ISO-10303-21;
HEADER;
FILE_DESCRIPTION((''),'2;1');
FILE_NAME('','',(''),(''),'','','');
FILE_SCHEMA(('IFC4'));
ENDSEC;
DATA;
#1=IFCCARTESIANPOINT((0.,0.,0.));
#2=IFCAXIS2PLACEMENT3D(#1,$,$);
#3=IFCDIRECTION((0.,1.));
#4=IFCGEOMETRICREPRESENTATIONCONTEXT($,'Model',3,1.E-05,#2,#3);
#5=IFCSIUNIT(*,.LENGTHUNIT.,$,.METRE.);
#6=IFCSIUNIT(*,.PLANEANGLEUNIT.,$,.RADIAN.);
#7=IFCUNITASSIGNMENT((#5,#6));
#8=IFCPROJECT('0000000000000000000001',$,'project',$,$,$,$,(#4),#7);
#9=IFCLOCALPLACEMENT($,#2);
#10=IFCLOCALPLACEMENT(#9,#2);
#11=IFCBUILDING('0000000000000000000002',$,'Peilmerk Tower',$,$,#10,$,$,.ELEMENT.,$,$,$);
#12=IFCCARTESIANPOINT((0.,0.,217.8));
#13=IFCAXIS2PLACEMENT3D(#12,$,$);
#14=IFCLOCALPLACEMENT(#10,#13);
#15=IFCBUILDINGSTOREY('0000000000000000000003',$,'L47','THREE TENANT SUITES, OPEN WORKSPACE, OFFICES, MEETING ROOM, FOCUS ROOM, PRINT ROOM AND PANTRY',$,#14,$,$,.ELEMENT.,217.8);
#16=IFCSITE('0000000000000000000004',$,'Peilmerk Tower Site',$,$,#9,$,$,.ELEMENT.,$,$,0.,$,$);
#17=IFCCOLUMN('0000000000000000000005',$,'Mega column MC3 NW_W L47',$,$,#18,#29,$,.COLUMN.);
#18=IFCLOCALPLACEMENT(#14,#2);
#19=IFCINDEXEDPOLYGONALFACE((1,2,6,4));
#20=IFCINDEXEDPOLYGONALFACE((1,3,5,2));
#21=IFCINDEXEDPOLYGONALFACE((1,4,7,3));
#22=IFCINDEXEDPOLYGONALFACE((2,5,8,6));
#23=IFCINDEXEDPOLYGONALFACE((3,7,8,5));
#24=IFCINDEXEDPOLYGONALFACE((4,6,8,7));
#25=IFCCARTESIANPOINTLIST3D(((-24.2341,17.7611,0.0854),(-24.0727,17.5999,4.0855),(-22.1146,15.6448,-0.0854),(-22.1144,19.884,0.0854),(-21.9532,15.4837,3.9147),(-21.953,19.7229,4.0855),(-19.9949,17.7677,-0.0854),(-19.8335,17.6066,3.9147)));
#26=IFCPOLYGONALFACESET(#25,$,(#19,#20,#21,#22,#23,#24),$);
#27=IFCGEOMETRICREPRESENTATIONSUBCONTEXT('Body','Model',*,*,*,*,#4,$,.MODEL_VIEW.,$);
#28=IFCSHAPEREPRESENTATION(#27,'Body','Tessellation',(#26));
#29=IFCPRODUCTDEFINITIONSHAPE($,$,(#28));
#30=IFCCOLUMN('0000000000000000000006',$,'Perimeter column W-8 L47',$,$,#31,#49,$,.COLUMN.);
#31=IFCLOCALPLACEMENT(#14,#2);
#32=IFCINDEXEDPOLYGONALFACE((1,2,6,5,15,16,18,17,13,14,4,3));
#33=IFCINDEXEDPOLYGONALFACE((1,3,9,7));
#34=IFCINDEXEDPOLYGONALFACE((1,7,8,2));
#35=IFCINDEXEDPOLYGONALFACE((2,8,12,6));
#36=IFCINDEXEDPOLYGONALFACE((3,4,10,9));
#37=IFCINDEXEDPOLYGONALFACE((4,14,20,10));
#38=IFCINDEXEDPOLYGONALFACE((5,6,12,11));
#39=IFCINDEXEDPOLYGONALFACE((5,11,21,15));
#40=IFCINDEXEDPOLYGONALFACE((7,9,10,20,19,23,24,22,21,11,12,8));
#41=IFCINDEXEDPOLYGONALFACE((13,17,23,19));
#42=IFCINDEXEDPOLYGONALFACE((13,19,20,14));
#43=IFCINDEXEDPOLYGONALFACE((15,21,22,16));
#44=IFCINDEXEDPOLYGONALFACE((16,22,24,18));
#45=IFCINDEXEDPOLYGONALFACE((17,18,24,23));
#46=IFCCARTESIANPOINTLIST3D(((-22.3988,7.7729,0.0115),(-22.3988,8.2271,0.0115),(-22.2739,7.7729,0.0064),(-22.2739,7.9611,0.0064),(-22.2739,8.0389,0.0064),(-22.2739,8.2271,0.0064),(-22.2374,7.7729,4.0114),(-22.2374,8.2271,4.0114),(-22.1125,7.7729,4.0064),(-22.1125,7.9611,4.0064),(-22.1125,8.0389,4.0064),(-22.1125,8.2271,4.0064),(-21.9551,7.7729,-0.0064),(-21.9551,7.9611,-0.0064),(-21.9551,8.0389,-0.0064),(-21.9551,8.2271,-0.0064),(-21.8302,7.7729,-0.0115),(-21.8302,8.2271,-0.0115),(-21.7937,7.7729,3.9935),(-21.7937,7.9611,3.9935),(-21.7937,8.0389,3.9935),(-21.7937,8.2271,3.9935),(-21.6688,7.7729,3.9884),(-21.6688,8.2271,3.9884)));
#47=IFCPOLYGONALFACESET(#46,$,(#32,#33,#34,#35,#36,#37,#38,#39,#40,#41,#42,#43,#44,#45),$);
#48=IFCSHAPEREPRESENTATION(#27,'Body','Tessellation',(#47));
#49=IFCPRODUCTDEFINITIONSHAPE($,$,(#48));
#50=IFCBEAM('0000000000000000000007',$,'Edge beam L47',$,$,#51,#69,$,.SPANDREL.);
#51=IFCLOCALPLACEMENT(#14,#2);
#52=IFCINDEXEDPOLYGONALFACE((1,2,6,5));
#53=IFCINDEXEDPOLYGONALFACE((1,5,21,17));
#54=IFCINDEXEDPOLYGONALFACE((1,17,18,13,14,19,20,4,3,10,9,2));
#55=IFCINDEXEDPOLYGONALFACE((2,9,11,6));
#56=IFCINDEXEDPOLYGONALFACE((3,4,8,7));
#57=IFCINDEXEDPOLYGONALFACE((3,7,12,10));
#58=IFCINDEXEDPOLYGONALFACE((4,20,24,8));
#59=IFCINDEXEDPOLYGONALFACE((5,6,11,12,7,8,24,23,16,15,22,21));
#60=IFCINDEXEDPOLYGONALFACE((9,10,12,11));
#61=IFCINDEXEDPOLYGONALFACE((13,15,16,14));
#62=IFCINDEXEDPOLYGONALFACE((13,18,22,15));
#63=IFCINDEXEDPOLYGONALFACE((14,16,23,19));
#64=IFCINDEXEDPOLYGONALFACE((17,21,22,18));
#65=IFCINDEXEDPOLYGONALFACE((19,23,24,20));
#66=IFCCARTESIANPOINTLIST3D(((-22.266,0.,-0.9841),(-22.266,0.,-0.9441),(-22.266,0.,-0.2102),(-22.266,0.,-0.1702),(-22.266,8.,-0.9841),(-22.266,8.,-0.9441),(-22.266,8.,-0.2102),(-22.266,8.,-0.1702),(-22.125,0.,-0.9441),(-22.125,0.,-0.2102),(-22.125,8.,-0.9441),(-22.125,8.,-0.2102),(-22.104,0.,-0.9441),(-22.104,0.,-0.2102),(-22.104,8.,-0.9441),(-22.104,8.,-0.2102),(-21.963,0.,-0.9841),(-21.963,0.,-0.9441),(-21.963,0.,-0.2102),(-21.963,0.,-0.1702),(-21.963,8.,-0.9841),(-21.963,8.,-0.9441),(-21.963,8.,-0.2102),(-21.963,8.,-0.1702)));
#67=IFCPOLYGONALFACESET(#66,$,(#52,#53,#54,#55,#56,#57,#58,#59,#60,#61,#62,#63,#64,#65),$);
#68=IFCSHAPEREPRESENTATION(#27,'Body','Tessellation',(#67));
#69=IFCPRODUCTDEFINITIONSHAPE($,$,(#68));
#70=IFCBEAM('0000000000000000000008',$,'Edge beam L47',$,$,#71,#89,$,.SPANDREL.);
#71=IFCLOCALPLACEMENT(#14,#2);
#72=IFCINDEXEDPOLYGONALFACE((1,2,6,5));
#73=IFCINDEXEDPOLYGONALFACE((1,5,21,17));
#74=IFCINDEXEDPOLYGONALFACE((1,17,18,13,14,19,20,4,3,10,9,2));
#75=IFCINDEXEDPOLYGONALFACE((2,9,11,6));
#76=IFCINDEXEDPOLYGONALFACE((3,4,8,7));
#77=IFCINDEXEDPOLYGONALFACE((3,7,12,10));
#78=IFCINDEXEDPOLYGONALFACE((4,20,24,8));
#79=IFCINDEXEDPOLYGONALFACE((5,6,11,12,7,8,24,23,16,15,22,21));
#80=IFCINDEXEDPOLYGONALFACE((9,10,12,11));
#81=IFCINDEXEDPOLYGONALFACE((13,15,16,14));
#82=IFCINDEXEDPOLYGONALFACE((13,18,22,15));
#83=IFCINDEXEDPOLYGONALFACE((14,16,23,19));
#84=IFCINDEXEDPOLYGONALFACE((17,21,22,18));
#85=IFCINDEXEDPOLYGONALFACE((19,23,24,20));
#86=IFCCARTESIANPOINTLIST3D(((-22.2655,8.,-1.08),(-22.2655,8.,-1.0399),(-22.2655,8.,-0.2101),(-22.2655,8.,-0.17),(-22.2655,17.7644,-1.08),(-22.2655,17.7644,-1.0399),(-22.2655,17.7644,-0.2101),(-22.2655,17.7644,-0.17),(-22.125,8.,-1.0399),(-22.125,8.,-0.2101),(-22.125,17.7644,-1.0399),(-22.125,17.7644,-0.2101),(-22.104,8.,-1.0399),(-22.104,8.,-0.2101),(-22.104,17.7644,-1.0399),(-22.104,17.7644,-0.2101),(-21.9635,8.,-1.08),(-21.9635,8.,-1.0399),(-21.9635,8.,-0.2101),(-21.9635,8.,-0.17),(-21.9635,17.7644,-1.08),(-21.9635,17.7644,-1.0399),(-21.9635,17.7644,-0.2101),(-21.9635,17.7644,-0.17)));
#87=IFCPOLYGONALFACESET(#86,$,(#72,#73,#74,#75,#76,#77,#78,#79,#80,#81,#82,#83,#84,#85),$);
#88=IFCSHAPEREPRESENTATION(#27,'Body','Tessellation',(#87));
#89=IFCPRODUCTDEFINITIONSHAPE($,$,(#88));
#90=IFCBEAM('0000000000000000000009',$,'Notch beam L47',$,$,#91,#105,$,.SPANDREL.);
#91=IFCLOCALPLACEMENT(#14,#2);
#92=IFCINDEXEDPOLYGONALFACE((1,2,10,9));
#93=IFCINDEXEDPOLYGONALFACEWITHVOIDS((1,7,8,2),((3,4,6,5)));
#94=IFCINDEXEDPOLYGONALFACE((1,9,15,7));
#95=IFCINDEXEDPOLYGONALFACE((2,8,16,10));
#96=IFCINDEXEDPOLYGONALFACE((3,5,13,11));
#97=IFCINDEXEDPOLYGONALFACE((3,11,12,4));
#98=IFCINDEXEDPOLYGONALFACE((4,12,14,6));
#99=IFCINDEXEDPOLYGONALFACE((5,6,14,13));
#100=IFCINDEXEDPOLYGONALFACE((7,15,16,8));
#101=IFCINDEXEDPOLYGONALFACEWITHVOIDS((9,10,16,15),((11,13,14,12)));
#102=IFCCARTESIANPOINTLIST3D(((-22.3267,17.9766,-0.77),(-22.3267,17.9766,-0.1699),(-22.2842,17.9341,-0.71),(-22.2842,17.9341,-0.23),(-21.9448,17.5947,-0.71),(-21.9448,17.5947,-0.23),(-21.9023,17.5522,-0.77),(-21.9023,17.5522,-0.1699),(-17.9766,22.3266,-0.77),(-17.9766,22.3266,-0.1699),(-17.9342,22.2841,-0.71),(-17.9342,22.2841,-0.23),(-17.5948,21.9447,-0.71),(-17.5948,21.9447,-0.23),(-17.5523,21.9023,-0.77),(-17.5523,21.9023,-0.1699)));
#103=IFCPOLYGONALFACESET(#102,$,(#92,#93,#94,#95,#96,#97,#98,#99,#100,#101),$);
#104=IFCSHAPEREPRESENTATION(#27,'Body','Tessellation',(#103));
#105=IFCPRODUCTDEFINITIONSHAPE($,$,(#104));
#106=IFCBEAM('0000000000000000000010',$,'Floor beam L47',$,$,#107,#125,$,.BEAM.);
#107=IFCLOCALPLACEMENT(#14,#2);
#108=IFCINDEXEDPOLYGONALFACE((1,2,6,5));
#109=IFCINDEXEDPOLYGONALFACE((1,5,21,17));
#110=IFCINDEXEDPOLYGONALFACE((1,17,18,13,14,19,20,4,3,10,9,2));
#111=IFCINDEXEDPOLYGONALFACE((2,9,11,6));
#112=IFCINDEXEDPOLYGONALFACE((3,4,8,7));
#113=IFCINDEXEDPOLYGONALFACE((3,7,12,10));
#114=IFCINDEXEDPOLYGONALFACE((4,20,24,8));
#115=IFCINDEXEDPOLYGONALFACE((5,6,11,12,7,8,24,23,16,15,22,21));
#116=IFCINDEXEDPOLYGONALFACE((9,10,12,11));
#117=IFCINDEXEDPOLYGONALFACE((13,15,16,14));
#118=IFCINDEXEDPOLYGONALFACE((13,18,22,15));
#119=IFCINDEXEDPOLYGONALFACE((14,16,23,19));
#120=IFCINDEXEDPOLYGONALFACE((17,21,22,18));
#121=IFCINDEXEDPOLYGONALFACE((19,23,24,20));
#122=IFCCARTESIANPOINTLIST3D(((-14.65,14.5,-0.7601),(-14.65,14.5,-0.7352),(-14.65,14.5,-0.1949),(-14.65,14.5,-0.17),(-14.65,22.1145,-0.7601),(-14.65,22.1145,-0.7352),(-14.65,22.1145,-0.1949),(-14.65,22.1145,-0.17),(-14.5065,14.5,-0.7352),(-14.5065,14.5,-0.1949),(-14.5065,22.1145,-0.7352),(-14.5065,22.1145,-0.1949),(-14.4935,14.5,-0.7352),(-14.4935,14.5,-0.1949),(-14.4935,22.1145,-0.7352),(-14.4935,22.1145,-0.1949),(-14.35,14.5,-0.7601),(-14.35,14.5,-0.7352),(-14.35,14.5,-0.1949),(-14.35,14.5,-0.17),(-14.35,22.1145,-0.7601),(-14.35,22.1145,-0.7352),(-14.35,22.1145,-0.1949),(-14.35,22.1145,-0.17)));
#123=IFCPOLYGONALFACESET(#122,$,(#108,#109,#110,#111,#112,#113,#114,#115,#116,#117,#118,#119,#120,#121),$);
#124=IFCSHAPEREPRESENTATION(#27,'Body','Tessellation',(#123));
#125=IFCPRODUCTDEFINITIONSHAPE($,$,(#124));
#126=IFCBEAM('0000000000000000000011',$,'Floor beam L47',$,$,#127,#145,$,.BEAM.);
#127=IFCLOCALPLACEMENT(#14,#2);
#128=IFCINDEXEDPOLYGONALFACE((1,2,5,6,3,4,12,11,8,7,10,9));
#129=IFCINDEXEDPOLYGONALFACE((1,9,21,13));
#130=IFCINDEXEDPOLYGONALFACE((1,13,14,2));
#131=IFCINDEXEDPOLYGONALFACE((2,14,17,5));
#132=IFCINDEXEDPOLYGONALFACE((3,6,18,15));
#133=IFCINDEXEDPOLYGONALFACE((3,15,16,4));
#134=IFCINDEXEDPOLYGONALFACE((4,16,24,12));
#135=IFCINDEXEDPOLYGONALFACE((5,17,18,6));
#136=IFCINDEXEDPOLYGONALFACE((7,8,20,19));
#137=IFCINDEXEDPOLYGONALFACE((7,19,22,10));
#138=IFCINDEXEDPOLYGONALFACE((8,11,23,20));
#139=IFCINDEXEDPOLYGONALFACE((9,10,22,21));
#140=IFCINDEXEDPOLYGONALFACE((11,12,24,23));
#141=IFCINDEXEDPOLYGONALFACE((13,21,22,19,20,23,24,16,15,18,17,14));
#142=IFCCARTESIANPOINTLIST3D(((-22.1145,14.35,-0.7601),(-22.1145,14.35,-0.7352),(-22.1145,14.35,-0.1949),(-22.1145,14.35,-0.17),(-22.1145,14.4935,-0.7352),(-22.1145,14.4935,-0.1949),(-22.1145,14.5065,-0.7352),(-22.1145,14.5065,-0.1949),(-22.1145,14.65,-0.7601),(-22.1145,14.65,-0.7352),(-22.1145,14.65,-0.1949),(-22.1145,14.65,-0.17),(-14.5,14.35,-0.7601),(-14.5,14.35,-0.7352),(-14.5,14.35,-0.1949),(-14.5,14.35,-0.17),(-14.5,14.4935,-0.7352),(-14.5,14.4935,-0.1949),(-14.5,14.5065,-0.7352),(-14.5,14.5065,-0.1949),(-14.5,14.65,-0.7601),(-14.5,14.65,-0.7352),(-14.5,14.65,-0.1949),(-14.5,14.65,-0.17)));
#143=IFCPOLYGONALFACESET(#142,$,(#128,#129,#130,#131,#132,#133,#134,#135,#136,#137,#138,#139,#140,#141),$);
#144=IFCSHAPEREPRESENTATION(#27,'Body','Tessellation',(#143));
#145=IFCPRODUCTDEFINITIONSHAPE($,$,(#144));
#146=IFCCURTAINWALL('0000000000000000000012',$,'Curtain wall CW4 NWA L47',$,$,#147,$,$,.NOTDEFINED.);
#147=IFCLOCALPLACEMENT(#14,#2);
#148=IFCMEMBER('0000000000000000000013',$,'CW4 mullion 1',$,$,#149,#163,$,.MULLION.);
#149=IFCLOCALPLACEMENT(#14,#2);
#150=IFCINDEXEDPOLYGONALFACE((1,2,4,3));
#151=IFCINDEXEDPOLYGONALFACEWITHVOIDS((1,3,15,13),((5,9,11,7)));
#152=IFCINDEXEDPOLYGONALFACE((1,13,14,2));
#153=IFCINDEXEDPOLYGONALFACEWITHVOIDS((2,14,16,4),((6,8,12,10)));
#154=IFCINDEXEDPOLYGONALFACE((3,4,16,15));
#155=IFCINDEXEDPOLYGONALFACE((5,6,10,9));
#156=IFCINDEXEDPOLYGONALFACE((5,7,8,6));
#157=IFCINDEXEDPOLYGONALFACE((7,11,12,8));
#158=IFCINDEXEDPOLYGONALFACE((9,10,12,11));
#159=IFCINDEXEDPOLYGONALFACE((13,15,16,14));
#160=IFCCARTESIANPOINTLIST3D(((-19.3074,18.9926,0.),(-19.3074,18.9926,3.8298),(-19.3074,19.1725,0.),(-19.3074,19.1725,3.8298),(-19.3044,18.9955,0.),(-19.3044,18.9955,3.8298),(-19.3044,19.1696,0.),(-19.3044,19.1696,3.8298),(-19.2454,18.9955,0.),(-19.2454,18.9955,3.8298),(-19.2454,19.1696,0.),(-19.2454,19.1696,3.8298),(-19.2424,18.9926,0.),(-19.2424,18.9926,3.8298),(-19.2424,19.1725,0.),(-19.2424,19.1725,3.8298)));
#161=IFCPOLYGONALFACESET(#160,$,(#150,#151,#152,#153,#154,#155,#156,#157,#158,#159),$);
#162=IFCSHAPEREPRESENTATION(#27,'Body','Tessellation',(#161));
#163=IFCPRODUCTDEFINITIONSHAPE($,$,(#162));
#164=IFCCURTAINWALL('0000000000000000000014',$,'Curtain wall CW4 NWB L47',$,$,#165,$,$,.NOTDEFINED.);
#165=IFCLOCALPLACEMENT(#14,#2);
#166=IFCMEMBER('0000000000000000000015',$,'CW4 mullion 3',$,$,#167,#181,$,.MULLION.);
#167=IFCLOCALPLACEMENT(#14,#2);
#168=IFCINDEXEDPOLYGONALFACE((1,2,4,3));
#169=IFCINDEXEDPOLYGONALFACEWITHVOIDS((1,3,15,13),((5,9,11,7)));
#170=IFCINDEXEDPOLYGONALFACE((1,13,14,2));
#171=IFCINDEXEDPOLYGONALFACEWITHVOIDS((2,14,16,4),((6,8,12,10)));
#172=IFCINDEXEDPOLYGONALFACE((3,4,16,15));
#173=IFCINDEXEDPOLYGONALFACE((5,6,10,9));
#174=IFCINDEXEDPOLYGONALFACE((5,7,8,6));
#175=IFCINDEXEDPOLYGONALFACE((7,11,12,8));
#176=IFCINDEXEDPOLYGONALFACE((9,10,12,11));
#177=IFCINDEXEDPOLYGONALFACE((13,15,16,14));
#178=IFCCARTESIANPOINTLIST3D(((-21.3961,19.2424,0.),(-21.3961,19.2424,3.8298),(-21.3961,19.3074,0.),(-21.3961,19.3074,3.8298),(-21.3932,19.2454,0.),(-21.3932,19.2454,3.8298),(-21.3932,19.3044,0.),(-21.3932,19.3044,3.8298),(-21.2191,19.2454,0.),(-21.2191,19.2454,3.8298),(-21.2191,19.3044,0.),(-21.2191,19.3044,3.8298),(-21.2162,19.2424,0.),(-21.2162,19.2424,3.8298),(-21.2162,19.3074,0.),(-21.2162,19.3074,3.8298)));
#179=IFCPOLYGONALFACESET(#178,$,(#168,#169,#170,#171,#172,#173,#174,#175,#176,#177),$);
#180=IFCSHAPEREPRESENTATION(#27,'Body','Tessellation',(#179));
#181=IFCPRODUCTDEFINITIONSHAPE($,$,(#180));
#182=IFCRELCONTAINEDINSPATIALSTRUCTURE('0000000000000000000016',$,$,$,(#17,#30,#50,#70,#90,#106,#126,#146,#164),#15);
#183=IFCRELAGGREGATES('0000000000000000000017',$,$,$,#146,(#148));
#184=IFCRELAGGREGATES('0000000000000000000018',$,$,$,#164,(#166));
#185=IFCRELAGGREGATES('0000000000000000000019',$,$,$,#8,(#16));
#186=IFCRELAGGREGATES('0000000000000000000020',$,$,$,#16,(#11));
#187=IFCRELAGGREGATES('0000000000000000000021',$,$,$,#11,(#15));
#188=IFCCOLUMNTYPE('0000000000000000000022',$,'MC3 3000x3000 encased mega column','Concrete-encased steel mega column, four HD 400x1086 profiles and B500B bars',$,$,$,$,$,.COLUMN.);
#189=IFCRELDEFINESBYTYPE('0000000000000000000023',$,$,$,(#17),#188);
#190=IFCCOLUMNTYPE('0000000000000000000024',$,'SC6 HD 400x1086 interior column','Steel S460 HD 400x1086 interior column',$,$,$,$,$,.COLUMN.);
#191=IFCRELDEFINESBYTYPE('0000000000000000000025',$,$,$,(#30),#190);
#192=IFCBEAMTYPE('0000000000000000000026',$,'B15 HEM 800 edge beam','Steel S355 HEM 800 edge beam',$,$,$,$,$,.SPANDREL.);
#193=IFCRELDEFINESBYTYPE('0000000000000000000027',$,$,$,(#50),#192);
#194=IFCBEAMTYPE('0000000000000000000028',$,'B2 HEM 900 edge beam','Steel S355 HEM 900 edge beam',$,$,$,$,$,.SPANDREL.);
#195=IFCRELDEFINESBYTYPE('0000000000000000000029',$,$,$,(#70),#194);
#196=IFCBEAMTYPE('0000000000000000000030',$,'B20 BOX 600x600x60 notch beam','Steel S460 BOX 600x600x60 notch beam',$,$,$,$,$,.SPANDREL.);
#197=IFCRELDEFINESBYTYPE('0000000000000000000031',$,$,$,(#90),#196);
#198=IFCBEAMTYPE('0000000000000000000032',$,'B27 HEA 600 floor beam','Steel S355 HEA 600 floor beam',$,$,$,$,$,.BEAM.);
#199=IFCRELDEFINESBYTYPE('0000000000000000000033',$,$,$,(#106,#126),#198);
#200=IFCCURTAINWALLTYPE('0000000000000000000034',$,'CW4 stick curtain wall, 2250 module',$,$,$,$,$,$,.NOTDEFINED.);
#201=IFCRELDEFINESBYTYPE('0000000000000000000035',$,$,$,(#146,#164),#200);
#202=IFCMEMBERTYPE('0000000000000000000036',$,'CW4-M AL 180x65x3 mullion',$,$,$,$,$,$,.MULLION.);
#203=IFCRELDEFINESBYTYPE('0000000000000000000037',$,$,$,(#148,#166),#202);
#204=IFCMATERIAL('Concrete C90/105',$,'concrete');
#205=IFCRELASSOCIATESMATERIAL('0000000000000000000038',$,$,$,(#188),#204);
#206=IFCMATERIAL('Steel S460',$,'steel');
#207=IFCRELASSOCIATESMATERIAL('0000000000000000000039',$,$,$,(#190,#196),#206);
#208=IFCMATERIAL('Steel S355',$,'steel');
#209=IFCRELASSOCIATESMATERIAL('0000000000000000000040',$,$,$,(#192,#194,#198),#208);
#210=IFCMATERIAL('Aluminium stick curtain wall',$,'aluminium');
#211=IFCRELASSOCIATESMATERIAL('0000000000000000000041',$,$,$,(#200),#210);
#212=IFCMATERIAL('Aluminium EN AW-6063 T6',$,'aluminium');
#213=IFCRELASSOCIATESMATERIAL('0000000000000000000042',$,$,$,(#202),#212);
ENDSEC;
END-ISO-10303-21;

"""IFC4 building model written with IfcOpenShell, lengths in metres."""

from ifc_helpers import new_model, si_unit, direction, frame, origin, origin_2d, place, context, subcontext, project, spatial, rectangle, hollow_rectangle, i_section, extrude, material, material_profile, profile_set, type_object, element, aggregate, save


model = new_model("IFC4")

# Units and contexts
model_context = context("Model", 3, precision=1e-05, world=origin(), true_north=direction((0.0, 1.0)))
body_context = subcontext(model_context, "Body", "Model", "MODEL_VIEW")
ifc_project = project(units=[si_unit("LENGTHUNIT", "METRE"), si_unit("PLANEANGLEUNIT", "RADIAN")], contexts=[model_context])

# Site, building, storey
site_placement = place(None, origin())
site = spatial("IfcSite", under=ifc_project, at=site_placement, Name="Peilmerk Tower Site", CompositionType="ELEMENT", RefElevation=0.0)
building_placement = place(site_placement, origin())
building = spatial("IfcBuilding", under=site, at=building_placement, Name="Peilmerk Tower", CompositionType="ELEMENT")
storey_placement = place(building_placement, frame((0.0, 0.0, 217.8)))
storey = spatial("IfcBuildingStorey", under=building, at=storey_placement, Name="L47", Description="THREE TENANT SUITES, OPEN WORKSPACE, OFFICES, MEETING ROOM, FOCUS ROOM, PRINT ROOM AND PANTRY", CompositionType="ELEMENT", Elevation=217.8)

# Columns
ifc_material_1 = material(Name="Concrete C90/105", Category="concrete")
ifc_material_profile_1 = material_profile(ifc_material_1, rectangle(XDim=3.0, YDim=3.0, at=origin_2d()), Name="RC 3000x3000")
ifc_profile_set_1 = profile_set([ifc_material_profile_1], Name="Concrete C90/105")
column_type_1 = type_object("IfcColumnType", Name="MC3 3000x3000 encased mega column", Description="Concrete-encased steel mega column, four HD 400x1086 profiles and B500B bars", PredefinedType="COLUMN", material=ifc_profile_set_1)
column_1_placement = place(storey_placement, frame((-22.1145, 17.7644, 0.0), z_axis=(0.040279, -0.040218, 0.998379), x_axis=(0.706571, 0.707642, 0.0)))
element("IfcColumn", 1, at=column_1_placement, inside=storey, type_object=column_type_1, Name="Mega column MC3 NW_W L47", PredefinedType="COLUMN", context=body_context, shape_type="SweptSolid", body=[
    extrude(rectangle(XDim=3.0, YDim=3.0, at=origin_2d()), origin(), (0.0, 0.0, 1.0), 4.0066),
])
ifc_material_2 = material(Name="Steel S460", Category="steel")
ifc_material_profile_2 = material_profile(ifc_material_2, i_section(OverallWidth=0.4541, OverallDepth=0.5691, WebThickness=0.0779, FlangeThickness=0.125, at=origin_2d()), Name="HD 400x1086")
ifc_profile_set_2 = profile_set([ifc_material_profile_2], Name="Steel S460")
column_type_2 = type_object("IfcColumnType", Name="SC6 HD 400x1086 interior column", Description="Steel S460 HD 400x1086 interior column", PredefinedType="COLUMN", material=ifc_profile_set_2)
column_2_placement = place(storey_placement, frame((-22.1145, 8.0, 0.0), z_axis=(0.040311, 0.0, 0.999187), x_axis=(0.0, 1.0, 0.0)))
element("IfcColumn", 2, at=column_2_placement, inside=storey, type_object=column_type_2, Name="Perimeter column W-8 L47", PredefinedType="COLUMN", context=body_context, shape_type="SweptSolid", body=[
    extrude(i_section(OverallWidth=0.4541, OverallDepth=0.5691, WebThickness=0.0779, FlangeThickness=0.125, at=origin_2d()), origin(), (0.0, 0.0, 1.0), 4.0032),
])

# Beams
ifc_material_3 = material(Name="Steel S355", Category="steel")
ifc_material_profile_3 = material_profile(ifc_material_3, i_section(OverallWidth=0.303, OverallDepth=0.814, WebThickness=0.021, FlangeThickness=0.04, at=origin_2d()), Name="HEM 800")
ifc_profile_set_3 = profile_set([ifc_material_profile_3], Name="Steel S355")
beam_type_1 = type_object("IfcBeamType", Name="B15 HEM 800 edge beam", Description="Steel S355 HEM 800 edge beam", PredefinedType="SPANDREL", material=ifc_profile_set_3)
beam_1_placement = place(storey_placement, frame((-22.1145, 8.0, -0.5771), z_axis=(0.0, -1.0, 0.0), x_axis=(1.0, 0.0, 0.0)))
element("IfcBeam", 3, at=beam_1_placement, inside=storey, type_object=beam_type_1, Name="Edge beam L47", PredefinedType="SPANDREL", context=body_context, shape_type="SweptSolid", body=[
    extrude(i_section(OverallWidth=0.303, OverallDepth=0.814, WebThickness=0.021, FlangeThickness=0.04, at=origin_2d()), origin(), (0.0, 0.0, 1.0), 8.0),
])
ifc_material_profile_4 = material_profile(ifc_material_3, i_section(OverallWidth=0.302, OverallDepth=0.9099, WebThickness=0.021, FlangeThickness=0.04, at=origin_2d()), Name="HEM 900")
ifc_profile_set_4 = profile_set([ifc_material_profile_4], Name="Steel S355")
beam_type_2 = type_object("IfcBeamType", Name="B2 HEM 900 edge beam", Description="Steel S355 HEM 900 edge beam", PredefinedType="SPANDREL", material=ifc_profile_set_4)
beam_2_placement = place(storey_placement, frame((-22.1145, 17.7644, -0.625), z_axis=(0.0, -1.0, 0.0), x_axis=(1.0, 0.0, 0.0)))
element("IfcBeam", 4, at=beam_2_placement, inside=storey, type_object=beam_type_2, Name="Edge beam L47", PredefinedType="SPANDREL", context=body_context, shape_type="SweptSolid", body=[
    extrude(i_section(OverallWidth=0.302, OverallDepth=0.9099, WebThickness=0.021, FlangeThickness=0.04, at=origin_2d()), origin(), (0.0, 0.0, 1.0), 9.7644),
])
ifc_material_profile_5 = material_profile(ifc_material_2, hollow_rectangle(XDim=0.6001, YDim=0.6001, WallThickness=0.0601, at=origin_2d()), Name="BOX 600x600x60")
ifc_profile_set_5 = profile_set([ifc_material_profile_5], Name="Steel S460")
beam_type_3 = type_object("IfcBeamType", Name="B20 BOX 600x600x60 notch beam", Description="Steel S460 BOX 600x600x60 notch beam", PredefinedType="SPANDREL", material=ifc_profile_set_5)
beam_3_placement = place(storey_placement, frame((-22.1145, 17.7644, -0.47), z_axis=(0.707107, 0.707107, 0.0), x_axis=(-0.707107, 0.707107, 0.0)))
element("IfcBeam", 5, at=beam_3_placement, inside=storey, type_object=beam_type_3, Name="Notch beam L47", PredefinedType="SPANDREL", context=body_context, shape_type="SweptSolid", body=[
    extrude(hollow_rectangle(XDim=0.6001, YDim=0.6001, WallThickness=0.0601, at=origin_2d()), origin(), (0.0, 0.0, 1.0), 6.1519),
])
ifc_material_profile_6 = material_profile(ifc_material_3, i_section(OverallWidth=0.3, OverallDepth=0.5901, WebThickness=0.0129, FlangeThickness=0.0249, at=origin_2d()), Name="HEA 600")
ifc_profile_set_6 = profile_set([ifc_material_profile_6], Name="Steel S355")
beam_type_4 = type_object("IfcBeamType", Name="B27 HEA 600 floor beam", Description="Steel S355 HEA 600 floor beam", PredefinedType="BEAM", material=ifc_profile_set_6)
for number, where, z_axis, x_axis, name in (
    (6, (-14.5, 14.5, -0.4651), (0.0, 1.0, 0.0), (-1.0, 0.0, 0.0), "Floor beam L47"),
    (7, (-14.5, 14.5, -0.4651), (-1.0, 0.0, 0.0), (0.0, -1.0, 0.0), "Floor beam L47"),
):
    element("IfcBeam", number, at=place(storey_placement, frame(where, z_axis=z_axis, x_axis=x_axis)), inside=storey, type_object=beam_type_4, Name=name, PredefinedType="BEAM", context=body_context, shape_type="SweptSolid", body=[
        extrude(i_section(OverallWidth=0.3, OverallDepth=0.5901, WebThickness=0.0129, FlangeThickness=0.0249, at=origin_2d()), origin(), (0.0, 0.0, 1.0), 7.6145),
    ])

# Curtain walls, members
ifc_material_4 = material(Name="Aluminium stick curtain wall", Category="aluminium")
curtain_wall_type = type_object("IfcCurtainWallType", Name="CW4 stick curtain wall, 2250 module", PredefinedType="NOTDEFINED", material=ifc_material_4)
curtain_wall_1_placement = place(storey_placement, origin())
curtain_wall_1 = element("IfcCurtainWall", 8, at=curtain_wall_1_placement, inside=storey, type_object=curtain_wall_type, Name="Curtain wall CW4 NWA L47", PredefinedType="NOTDEFINED")
ifc_material_5 = material(Name="Aluminium EN AW-6063 T6", Category="aluminium")
ifc_material_profile_7 = material_profile(ifc_material_5, hollow_rectangle(XDim=0.0649, YDim=0.1799, WallThickness=0.0029, at=origin_2d()), Name="AL 180x65x3")
ifc_profile_set_7 = profile_set([ifc_material_profile_7], Name="Aluminium EN AW-6063 T6")
member_type_1 = type_object("IfcMemberType", Name="CW4-M AL 180x65x3 mullion", PredefinedType="MULLION", material=ifc_profile_set_7)
member_1_placement = place(storey_placement, frame((-19.2749, 19.0825, 0.0), z_axis=(0.0, 0.0, 1.0), x_axis=(-1.0, 0.0, 0.0)))
member_1 = element("IfcMember", 9, at=member_1_placement, type_object=member_type_1, Name="CW4 mullion 1", PredefinedType="MULLION", context=body_context, shape_type="SweptSolid", body=[
    extrude(hollow_rectangle(XDim=0.0649, YDim=0.1799, WallThickness=0.0029, at=origin_2d()), origin(), (0.0, 0.0, 1.0), 3.8298),
])
curtain_wall_2_placement = place(storey_placement, origin())
curtain_wall_2 = element("IfcCurtainWall", 10, at=curtain_wall_2_placement, inside=storey, type_object=curtain_wall_type, Name="Curtain wall CW4 NWB L47", PredefinedType="NOTDEFINED")
member_2_placement = place(storey_placement, frame((-21.3062, 19.2749, 0.0), z_axis=(0.0, 0.0, 1.0), x_axis=(0.0, -1.0, 0.0)))
member_2 = element("IfcMember", 11, at=member_2_placement, type_object=member_type_1, Name="CW4 mullion 3", PredefinedType="MULLION", context=body_context, shape_type="SweptSolid", body=[
    extrude(hollow_rectangle(XDim=0.0649, YDim=0.1799, WallThickness=0.0029, at=origin_2d()), origin(), (0.0, 0.0, 1.0), 3.8298),
])

aggregate(curtain_wall_1, [member_1])

aggregate(curtain_wall_2, [member_2])

save(model, "model.ifc")
